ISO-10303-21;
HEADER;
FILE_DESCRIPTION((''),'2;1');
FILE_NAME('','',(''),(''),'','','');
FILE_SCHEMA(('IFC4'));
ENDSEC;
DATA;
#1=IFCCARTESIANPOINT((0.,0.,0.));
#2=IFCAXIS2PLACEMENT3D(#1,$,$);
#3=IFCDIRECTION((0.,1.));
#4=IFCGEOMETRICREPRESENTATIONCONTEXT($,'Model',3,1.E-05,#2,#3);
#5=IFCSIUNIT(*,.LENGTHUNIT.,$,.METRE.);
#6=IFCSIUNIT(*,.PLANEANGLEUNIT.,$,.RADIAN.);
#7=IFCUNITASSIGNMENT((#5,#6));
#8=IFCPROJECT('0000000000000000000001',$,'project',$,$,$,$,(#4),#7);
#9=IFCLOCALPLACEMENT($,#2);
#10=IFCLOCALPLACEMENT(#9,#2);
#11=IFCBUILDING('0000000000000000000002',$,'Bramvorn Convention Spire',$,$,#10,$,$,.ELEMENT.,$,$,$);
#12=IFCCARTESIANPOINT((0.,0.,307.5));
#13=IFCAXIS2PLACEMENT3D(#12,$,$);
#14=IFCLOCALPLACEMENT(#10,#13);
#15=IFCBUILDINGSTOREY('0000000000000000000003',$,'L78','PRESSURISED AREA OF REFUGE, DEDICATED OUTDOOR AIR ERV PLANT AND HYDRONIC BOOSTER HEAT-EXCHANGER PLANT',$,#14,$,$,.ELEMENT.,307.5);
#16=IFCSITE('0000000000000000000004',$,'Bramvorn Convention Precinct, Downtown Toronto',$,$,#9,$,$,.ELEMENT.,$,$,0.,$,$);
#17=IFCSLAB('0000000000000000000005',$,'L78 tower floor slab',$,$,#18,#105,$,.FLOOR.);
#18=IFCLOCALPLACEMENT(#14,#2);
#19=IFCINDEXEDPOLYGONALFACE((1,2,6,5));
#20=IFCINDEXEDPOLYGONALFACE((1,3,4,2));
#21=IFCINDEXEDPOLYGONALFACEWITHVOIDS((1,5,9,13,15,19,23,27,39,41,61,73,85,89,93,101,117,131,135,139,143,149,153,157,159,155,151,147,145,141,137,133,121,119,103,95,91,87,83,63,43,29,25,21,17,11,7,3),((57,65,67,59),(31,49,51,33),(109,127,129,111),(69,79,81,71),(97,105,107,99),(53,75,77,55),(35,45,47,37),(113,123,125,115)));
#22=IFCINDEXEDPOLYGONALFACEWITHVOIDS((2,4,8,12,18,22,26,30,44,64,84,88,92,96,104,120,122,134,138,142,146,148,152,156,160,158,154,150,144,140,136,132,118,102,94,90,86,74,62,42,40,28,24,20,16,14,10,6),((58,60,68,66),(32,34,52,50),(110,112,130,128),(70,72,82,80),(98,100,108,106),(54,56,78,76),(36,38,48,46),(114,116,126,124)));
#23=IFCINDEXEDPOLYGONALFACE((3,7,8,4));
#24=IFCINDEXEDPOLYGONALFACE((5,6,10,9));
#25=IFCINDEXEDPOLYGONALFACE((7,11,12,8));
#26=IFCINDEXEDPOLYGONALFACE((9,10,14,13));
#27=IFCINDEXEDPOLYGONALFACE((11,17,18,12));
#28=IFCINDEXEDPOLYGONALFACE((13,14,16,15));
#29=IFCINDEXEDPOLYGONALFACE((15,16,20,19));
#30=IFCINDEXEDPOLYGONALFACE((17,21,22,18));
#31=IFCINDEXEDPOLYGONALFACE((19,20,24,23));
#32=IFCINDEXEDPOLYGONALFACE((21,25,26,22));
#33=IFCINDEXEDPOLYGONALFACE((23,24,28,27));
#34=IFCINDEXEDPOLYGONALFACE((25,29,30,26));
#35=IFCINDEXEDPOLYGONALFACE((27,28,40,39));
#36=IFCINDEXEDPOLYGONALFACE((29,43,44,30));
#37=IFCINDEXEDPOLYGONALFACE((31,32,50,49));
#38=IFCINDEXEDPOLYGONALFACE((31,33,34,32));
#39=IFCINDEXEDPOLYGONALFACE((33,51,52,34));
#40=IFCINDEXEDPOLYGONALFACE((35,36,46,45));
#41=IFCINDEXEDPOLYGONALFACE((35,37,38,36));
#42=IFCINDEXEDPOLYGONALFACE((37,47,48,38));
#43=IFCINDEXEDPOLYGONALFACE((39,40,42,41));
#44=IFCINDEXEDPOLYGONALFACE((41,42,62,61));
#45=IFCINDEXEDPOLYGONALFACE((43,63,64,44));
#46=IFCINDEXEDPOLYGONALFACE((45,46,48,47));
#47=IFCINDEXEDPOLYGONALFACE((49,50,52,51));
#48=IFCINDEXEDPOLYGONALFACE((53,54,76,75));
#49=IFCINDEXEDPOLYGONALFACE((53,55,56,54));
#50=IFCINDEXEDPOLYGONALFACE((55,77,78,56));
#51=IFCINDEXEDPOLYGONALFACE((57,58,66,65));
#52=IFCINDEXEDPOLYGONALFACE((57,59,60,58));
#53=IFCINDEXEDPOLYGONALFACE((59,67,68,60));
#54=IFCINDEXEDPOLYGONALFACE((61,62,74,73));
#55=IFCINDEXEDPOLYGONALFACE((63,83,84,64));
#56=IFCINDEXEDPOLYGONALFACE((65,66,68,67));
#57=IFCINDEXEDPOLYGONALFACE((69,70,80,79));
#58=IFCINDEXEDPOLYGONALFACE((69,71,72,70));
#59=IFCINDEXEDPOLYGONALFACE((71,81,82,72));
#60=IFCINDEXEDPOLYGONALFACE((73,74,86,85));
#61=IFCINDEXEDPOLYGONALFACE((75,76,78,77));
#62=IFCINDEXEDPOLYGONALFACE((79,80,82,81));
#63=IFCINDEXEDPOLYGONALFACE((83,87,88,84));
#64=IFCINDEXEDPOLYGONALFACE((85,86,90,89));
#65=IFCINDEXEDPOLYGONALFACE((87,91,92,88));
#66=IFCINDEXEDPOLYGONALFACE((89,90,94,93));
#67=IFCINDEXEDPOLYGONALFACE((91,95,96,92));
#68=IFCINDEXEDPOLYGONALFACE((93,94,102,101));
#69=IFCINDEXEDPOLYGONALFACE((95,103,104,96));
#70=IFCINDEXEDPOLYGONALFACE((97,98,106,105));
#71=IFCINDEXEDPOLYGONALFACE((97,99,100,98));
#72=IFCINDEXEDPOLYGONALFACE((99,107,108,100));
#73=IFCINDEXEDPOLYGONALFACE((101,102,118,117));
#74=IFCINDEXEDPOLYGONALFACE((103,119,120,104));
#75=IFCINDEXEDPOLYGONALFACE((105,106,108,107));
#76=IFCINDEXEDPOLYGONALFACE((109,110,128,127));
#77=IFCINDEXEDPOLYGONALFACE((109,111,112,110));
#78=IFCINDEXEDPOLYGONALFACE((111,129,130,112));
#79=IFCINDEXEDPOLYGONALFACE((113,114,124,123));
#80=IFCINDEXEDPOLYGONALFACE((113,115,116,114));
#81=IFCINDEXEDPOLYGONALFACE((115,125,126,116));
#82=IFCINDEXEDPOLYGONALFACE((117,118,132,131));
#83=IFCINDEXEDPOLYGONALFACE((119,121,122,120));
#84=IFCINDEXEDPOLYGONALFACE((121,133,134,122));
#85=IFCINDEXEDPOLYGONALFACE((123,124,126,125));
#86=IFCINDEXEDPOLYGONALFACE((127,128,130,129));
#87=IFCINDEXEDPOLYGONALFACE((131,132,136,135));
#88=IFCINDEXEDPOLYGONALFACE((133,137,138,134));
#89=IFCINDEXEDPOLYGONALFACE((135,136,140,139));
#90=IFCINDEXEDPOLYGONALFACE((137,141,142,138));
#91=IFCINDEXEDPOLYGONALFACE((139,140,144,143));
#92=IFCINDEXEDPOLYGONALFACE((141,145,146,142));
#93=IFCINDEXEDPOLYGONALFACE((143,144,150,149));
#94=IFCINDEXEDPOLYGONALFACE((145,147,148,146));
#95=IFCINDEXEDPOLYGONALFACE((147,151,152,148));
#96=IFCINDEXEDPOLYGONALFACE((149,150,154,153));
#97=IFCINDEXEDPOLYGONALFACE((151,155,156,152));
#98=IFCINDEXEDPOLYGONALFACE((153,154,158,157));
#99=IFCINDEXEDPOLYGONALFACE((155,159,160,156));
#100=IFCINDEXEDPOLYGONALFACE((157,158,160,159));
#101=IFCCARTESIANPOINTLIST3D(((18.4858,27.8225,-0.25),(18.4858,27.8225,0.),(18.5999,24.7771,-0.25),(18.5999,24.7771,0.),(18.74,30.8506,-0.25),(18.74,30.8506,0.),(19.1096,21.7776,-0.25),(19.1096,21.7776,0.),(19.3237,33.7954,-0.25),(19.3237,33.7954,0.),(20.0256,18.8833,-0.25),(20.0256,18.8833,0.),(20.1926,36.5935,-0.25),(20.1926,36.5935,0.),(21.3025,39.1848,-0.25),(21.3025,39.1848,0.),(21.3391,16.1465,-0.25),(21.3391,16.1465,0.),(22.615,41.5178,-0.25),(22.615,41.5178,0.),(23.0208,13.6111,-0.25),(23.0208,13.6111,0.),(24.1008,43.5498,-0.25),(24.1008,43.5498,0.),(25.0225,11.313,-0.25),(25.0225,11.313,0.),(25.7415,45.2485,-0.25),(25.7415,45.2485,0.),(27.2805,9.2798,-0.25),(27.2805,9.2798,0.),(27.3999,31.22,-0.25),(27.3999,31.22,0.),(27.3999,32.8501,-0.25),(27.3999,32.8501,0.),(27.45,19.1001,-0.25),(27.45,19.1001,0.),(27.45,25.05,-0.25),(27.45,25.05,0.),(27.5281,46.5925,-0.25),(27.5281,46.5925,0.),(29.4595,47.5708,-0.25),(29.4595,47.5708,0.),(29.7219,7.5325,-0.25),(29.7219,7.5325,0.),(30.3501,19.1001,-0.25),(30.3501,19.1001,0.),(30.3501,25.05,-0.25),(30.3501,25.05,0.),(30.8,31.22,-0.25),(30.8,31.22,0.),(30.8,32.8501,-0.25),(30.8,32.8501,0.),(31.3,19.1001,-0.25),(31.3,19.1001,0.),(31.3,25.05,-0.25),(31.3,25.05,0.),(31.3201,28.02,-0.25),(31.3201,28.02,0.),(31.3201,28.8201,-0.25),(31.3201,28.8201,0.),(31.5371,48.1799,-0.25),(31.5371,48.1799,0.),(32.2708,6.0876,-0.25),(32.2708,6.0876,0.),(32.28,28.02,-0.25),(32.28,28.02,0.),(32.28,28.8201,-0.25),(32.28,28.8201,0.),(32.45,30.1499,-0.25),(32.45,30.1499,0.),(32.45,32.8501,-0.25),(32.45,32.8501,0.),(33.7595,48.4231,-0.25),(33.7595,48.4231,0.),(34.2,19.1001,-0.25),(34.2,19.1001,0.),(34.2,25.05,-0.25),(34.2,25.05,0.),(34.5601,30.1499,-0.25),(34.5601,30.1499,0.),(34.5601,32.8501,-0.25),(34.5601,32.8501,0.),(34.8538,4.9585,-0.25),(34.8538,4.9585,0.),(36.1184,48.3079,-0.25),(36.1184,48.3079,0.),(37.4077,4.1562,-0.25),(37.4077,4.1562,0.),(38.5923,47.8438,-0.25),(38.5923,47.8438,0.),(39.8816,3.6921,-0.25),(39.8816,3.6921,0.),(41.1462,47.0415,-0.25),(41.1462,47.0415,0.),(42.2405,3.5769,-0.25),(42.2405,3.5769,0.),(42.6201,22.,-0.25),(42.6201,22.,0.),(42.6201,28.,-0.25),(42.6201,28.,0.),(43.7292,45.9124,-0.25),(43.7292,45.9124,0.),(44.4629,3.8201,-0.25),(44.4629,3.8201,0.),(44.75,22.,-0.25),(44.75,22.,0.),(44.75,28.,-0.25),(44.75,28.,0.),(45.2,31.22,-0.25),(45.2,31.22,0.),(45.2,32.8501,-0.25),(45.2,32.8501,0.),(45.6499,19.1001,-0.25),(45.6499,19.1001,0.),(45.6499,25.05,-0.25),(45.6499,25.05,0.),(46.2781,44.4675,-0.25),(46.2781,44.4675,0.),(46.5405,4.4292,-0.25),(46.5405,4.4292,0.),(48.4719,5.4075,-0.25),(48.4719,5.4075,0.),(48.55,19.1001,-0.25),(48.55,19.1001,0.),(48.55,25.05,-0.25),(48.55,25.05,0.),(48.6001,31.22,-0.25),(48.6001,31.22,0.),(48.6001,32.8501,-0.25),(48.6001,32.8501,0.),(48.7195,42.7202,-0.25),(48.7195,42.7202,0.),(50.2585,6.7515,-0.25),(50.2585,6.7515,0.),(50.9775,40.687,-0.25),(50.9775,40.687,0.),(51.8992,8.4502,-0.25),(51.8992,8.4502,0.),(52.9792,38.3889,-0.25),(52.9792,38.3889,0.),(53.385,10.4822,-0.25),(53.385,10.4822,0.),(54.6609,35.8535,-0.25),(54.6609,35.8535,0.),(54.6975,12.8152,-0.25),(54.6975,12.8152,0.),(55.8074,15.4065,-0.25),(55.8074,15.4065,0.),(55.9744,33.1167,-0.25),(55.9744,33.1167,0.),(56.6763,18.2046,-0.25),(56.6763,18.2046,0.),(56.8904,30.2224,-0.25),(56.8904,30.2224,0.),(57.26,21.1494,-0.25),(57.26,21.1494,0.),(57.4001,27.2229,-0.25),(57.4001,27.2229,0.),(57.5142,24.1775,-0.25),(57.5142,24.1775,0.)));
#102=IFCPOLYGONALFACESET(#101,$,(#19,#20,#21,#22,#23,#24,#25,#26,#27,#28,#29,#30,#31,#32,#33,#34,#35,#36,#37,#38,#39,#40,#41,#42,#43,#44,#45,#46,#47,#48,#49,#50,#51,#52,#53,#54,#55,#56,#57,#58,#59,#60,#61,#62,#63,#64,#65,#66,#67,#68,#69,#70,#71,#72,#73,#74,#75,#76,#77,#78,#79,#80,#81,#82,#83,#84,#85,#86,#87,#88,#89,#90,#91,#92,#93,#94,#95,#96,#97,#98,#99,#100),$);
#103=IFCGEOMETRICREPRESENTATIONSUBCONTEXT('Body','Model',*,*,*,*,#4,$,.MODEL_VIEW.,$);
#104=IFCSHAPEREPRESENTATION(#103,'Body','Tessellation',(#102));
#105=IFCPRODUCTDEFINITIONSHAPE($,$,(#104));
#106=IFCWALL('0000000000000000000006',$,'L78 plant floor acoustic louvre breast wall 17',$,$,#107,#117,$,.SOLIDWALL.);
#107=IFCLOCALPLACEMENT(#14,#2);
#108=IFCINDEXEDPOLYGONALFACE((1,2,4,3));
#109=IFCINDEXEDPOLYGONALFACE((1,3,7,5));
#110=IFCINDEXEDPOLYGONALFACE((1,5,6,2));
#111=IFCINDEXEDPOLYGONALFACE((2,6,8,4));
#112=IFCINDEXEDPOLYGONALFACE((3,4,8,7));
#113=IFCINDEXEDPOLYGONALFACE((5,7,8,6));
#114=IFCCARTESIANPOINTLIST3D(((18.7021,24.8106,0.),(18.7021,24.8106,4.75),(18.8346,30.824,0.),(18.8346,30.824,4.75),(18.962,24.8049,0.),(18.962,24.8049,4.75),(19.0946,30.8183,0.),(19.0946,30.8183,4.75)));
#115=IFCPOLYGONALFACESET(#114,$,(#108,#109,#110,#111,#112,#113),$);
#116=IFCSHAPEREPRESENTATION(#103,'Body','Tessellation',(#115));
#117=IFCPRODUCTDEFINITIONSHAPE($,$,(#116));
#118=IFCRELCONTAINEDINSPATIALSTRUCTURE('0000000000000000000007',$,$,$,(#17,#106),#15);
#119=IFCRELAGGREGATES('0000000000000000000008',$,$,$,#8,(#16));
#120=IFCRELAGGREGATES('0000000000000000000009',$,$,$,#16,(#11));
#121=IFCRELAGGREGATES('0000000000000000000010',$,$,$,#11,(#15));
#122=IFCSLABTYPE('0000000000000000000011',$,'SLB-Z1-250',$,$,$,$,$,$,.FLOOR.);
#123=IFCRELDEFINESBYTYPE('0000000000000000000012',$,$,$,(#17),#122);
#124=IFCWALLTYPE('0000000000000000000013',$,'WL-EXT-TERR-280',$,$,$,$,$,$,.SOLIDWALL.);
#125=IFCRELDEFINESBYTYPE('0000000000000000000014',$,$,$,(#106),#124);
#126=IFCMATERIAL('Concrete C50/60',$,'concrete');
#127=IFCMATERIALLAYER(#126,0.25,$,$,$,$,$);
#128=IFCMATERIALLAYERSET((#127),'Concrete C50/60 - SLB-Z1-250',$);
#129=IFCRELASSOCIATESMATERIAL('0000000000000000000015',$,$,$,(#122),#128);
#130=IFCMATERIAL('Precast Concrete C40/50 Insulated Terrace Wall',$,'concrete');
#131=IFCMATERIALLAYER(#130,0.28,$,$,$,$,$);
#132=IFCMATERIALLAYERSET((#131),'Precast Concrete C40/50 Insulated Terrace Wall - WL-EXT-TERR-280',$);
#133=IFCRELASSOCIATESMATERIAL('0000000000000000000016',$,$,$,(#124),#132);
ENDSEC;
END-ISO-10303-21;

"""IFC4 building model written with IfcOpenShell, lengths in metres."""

from ifc_helpers import new_model, si_unit, direction, frame, frame_2d, origin, place, context, subcontext, project, spatial, polyline, rectangle, outline, extrude, material, layer, layer_set, type_object, element, save


model = new_model("IFC4")

# Units and contexts
model_context = context("Model", 3, precision=1e-05, world=origin(), true_north=direction((0.0, 1.0)))
body_context = subcontext(model_context, "Body", "Model", "MODEL_VIEW")
ifc_project = project(units=[si_unit("LENGTHUNIT", "METRE"), si_unit("PLANEANGLEUNIT", "RADIAN")], contexts=[model_context])

# Site, building, storey
site_placement = place(None, origin())
site = spatial("IfcSite", under=ifc_project, at=site_placement, Name="Bramvorn Convention Precinct, Downtown Toronto", CompositionType="ELEMENT", RefElevation=0.0)
building_placement = place(site_placement, origin())
building = spatial("IfcBuilding", under=site, at=building_placement, Name="Bramvorn Convention Spire", CompositionType="ELEMENT")
storey_placement = place(building_placement, frame((0.0, 0.0, 307.5)))
storey = spatial("IfcBuildingStorey", under=building, at=storey_placement, Name="L78", Description="PRESSURISED AREA OF REFUGE, DEDICATED OUTDOOR AIR ERV PLANT AND HYDRONIC BOOSTER HEAT-EXCHANGER PLANT", CompositionType="ELEMENT", Elevation=307.5)

# Slab
ifc_material_1 = material(Name="Concrete C50/60", Category="concrete")
ifc_layer_1 = layer(ifc_material_1, 0.25)
ifc_layer_set_1 = layer_set([ifc_layer_1], Name="Concrete C50/60 - SLB-Z1-250")
slab_type_1 = type_object("IfcSlabType", Name="SLB-Z1-250", PredefinedType="FLOOR", material=ifc_layer_set_1)
slab_1_placement = place(storey_placement, frame((0.0, 0.0, -0.25)))
element("IfcSlab", 1, at=slab_1_placement, inside=storey, type_object=slab_type_1, Name="L78 tower floor slab", PredefinedType="FLOOR", context=body_context, shape_type="SweptSolid", body=[
    extrude(outline(polyline([(46.5405, 4.4292), (48.4719, 5.4075), (50.2585, 6.7515), (51.8992, 8.4502), (53.385, 10.4822), (54.6975, 12.8152), (55.8074, 15.4065), (56.6763, 18.2046), (57.26, 21.1494), (57.5142, 24.1775), (57.4001, 27.2229), (56.8904, 30.2224), (55.9744, 33.1167), (54.6609, 35.8535), (52.9792, 38.3889), (50.9775, 40.687), (48.7195, 42.7202), (46.2781, 44.4675), (43.7292, 45.9124), (41.1462, 47.0415), (38.5923, 47.8438), (36.1184, 48.3079), (33.7595, 48.4231), (31.5371, 48.1799), (29.4595, 47.5708), (27.5281, 46.5925), (25.7415, 45.2485), (24.1008, 43.5498), (22.615, 41.5178), (21.3025, 39.1848), (20.1926, 36.5935), (19.3237, 33.7954), (18.74, 30.8506), (18.4858, 27.8225), (18.5999, 24.7771), (19.1096, 21.7776), (20.0256, 18.8833), (21.3391, 16.1465), (23.0208, 13.6111), (25.0225, 11.313), (27.2805, 9.2798), (29.7219, 7.5325), (32.2708, 6.0876), (34.8538, 4.9585), (37.4077, 4.1562), (39.8816, 3.6921), (42.2405, 3.5769), (44.4629, 3.8201), (46.5405, 4.4292)]), holes=[polyline([(27.45, 25.05), (27.45, 19.1001), (30.3501, 19.1001), (30.3501, 25.05), (27.45, 25.05)]), polyline([(45.6499, 25.05), (45.6499, 19.1001), (48.55, 19.1001), (48.55, 25.05), (45.6499, 25.05)]), polyline([(31.3, 25.05), (31.3, 19.1001), (34.2, 19.1001), (34.2, 25.05), (31.3, 25.05)]), polyline([(27.3999, 31.22), (30.8, 31.22), (30.8, 32.8501), (27.3999, 32.8501), (27.3999, 31.22)]), polyline([(45.2, 31.22), (48.6001, 31.22), (48.6001, 32.8501), (45.2, 32.8501), (45.2, 31.22)]), polyline([(32.45, 30.1499), (34.5601, 30.1499), (34.5601, 32.8501), (32.45, 32.8501), (32.45, 30.1499)]), polyline([(42.6201, 22.0), (44.75, 22.0), (44.75, 28.0), (42.6201, 28.0), (42.6201, 22.0)]), polyline([(31.3201, 28.02), (32.28, 28.02), (32.28, 28.8201), (31.3201, 28.8201), (31.3201, 28.02)])]), origin(), (0.0, 0.0, 1.0), 0.25),
])

# Wall
ifc_material_2 = material(Name="Precast Concrete C40/50 Insulated Terrace Wall", Category="concrete")
ifc_layer_2 = layer(ifc_material_2, 0.28)
ifc_layer_set_2 = layer_set([ifc_layer_2], Name="Precast Concrete C40/50 Insulated Terrace Wall - WL-EXT-TERR-280")
wall_type = type_object("IfcWallType", Name="WL-EXT-TERR-280", PredefinedType="SOLIDWALL", material=ifc_layer_set_2)
wall_placement = place(storey_placement, frame((18.832, 24.8079, 0.0), z_axis=(0.0, 0.0, 1.0), x_axis=(0.02204, 0.999757, 0.0)))
element("IfcWall", 2, at=wall_placement, inside=storey, type_object=wall_type, Name="L78 plant floor acoustic louvre breast wall 17", PredefinedType="SOLIDWALL", context=body_context, shape_type="SweptSolid", body=[
    extrude(rectangle(XDim=6.0149, YDim=0.26, at=frame_2d((3.0073, 0.0))), origin(), (0.0, 0.0, 1.0), 4.75),
])

save(model, "model.ifc")
